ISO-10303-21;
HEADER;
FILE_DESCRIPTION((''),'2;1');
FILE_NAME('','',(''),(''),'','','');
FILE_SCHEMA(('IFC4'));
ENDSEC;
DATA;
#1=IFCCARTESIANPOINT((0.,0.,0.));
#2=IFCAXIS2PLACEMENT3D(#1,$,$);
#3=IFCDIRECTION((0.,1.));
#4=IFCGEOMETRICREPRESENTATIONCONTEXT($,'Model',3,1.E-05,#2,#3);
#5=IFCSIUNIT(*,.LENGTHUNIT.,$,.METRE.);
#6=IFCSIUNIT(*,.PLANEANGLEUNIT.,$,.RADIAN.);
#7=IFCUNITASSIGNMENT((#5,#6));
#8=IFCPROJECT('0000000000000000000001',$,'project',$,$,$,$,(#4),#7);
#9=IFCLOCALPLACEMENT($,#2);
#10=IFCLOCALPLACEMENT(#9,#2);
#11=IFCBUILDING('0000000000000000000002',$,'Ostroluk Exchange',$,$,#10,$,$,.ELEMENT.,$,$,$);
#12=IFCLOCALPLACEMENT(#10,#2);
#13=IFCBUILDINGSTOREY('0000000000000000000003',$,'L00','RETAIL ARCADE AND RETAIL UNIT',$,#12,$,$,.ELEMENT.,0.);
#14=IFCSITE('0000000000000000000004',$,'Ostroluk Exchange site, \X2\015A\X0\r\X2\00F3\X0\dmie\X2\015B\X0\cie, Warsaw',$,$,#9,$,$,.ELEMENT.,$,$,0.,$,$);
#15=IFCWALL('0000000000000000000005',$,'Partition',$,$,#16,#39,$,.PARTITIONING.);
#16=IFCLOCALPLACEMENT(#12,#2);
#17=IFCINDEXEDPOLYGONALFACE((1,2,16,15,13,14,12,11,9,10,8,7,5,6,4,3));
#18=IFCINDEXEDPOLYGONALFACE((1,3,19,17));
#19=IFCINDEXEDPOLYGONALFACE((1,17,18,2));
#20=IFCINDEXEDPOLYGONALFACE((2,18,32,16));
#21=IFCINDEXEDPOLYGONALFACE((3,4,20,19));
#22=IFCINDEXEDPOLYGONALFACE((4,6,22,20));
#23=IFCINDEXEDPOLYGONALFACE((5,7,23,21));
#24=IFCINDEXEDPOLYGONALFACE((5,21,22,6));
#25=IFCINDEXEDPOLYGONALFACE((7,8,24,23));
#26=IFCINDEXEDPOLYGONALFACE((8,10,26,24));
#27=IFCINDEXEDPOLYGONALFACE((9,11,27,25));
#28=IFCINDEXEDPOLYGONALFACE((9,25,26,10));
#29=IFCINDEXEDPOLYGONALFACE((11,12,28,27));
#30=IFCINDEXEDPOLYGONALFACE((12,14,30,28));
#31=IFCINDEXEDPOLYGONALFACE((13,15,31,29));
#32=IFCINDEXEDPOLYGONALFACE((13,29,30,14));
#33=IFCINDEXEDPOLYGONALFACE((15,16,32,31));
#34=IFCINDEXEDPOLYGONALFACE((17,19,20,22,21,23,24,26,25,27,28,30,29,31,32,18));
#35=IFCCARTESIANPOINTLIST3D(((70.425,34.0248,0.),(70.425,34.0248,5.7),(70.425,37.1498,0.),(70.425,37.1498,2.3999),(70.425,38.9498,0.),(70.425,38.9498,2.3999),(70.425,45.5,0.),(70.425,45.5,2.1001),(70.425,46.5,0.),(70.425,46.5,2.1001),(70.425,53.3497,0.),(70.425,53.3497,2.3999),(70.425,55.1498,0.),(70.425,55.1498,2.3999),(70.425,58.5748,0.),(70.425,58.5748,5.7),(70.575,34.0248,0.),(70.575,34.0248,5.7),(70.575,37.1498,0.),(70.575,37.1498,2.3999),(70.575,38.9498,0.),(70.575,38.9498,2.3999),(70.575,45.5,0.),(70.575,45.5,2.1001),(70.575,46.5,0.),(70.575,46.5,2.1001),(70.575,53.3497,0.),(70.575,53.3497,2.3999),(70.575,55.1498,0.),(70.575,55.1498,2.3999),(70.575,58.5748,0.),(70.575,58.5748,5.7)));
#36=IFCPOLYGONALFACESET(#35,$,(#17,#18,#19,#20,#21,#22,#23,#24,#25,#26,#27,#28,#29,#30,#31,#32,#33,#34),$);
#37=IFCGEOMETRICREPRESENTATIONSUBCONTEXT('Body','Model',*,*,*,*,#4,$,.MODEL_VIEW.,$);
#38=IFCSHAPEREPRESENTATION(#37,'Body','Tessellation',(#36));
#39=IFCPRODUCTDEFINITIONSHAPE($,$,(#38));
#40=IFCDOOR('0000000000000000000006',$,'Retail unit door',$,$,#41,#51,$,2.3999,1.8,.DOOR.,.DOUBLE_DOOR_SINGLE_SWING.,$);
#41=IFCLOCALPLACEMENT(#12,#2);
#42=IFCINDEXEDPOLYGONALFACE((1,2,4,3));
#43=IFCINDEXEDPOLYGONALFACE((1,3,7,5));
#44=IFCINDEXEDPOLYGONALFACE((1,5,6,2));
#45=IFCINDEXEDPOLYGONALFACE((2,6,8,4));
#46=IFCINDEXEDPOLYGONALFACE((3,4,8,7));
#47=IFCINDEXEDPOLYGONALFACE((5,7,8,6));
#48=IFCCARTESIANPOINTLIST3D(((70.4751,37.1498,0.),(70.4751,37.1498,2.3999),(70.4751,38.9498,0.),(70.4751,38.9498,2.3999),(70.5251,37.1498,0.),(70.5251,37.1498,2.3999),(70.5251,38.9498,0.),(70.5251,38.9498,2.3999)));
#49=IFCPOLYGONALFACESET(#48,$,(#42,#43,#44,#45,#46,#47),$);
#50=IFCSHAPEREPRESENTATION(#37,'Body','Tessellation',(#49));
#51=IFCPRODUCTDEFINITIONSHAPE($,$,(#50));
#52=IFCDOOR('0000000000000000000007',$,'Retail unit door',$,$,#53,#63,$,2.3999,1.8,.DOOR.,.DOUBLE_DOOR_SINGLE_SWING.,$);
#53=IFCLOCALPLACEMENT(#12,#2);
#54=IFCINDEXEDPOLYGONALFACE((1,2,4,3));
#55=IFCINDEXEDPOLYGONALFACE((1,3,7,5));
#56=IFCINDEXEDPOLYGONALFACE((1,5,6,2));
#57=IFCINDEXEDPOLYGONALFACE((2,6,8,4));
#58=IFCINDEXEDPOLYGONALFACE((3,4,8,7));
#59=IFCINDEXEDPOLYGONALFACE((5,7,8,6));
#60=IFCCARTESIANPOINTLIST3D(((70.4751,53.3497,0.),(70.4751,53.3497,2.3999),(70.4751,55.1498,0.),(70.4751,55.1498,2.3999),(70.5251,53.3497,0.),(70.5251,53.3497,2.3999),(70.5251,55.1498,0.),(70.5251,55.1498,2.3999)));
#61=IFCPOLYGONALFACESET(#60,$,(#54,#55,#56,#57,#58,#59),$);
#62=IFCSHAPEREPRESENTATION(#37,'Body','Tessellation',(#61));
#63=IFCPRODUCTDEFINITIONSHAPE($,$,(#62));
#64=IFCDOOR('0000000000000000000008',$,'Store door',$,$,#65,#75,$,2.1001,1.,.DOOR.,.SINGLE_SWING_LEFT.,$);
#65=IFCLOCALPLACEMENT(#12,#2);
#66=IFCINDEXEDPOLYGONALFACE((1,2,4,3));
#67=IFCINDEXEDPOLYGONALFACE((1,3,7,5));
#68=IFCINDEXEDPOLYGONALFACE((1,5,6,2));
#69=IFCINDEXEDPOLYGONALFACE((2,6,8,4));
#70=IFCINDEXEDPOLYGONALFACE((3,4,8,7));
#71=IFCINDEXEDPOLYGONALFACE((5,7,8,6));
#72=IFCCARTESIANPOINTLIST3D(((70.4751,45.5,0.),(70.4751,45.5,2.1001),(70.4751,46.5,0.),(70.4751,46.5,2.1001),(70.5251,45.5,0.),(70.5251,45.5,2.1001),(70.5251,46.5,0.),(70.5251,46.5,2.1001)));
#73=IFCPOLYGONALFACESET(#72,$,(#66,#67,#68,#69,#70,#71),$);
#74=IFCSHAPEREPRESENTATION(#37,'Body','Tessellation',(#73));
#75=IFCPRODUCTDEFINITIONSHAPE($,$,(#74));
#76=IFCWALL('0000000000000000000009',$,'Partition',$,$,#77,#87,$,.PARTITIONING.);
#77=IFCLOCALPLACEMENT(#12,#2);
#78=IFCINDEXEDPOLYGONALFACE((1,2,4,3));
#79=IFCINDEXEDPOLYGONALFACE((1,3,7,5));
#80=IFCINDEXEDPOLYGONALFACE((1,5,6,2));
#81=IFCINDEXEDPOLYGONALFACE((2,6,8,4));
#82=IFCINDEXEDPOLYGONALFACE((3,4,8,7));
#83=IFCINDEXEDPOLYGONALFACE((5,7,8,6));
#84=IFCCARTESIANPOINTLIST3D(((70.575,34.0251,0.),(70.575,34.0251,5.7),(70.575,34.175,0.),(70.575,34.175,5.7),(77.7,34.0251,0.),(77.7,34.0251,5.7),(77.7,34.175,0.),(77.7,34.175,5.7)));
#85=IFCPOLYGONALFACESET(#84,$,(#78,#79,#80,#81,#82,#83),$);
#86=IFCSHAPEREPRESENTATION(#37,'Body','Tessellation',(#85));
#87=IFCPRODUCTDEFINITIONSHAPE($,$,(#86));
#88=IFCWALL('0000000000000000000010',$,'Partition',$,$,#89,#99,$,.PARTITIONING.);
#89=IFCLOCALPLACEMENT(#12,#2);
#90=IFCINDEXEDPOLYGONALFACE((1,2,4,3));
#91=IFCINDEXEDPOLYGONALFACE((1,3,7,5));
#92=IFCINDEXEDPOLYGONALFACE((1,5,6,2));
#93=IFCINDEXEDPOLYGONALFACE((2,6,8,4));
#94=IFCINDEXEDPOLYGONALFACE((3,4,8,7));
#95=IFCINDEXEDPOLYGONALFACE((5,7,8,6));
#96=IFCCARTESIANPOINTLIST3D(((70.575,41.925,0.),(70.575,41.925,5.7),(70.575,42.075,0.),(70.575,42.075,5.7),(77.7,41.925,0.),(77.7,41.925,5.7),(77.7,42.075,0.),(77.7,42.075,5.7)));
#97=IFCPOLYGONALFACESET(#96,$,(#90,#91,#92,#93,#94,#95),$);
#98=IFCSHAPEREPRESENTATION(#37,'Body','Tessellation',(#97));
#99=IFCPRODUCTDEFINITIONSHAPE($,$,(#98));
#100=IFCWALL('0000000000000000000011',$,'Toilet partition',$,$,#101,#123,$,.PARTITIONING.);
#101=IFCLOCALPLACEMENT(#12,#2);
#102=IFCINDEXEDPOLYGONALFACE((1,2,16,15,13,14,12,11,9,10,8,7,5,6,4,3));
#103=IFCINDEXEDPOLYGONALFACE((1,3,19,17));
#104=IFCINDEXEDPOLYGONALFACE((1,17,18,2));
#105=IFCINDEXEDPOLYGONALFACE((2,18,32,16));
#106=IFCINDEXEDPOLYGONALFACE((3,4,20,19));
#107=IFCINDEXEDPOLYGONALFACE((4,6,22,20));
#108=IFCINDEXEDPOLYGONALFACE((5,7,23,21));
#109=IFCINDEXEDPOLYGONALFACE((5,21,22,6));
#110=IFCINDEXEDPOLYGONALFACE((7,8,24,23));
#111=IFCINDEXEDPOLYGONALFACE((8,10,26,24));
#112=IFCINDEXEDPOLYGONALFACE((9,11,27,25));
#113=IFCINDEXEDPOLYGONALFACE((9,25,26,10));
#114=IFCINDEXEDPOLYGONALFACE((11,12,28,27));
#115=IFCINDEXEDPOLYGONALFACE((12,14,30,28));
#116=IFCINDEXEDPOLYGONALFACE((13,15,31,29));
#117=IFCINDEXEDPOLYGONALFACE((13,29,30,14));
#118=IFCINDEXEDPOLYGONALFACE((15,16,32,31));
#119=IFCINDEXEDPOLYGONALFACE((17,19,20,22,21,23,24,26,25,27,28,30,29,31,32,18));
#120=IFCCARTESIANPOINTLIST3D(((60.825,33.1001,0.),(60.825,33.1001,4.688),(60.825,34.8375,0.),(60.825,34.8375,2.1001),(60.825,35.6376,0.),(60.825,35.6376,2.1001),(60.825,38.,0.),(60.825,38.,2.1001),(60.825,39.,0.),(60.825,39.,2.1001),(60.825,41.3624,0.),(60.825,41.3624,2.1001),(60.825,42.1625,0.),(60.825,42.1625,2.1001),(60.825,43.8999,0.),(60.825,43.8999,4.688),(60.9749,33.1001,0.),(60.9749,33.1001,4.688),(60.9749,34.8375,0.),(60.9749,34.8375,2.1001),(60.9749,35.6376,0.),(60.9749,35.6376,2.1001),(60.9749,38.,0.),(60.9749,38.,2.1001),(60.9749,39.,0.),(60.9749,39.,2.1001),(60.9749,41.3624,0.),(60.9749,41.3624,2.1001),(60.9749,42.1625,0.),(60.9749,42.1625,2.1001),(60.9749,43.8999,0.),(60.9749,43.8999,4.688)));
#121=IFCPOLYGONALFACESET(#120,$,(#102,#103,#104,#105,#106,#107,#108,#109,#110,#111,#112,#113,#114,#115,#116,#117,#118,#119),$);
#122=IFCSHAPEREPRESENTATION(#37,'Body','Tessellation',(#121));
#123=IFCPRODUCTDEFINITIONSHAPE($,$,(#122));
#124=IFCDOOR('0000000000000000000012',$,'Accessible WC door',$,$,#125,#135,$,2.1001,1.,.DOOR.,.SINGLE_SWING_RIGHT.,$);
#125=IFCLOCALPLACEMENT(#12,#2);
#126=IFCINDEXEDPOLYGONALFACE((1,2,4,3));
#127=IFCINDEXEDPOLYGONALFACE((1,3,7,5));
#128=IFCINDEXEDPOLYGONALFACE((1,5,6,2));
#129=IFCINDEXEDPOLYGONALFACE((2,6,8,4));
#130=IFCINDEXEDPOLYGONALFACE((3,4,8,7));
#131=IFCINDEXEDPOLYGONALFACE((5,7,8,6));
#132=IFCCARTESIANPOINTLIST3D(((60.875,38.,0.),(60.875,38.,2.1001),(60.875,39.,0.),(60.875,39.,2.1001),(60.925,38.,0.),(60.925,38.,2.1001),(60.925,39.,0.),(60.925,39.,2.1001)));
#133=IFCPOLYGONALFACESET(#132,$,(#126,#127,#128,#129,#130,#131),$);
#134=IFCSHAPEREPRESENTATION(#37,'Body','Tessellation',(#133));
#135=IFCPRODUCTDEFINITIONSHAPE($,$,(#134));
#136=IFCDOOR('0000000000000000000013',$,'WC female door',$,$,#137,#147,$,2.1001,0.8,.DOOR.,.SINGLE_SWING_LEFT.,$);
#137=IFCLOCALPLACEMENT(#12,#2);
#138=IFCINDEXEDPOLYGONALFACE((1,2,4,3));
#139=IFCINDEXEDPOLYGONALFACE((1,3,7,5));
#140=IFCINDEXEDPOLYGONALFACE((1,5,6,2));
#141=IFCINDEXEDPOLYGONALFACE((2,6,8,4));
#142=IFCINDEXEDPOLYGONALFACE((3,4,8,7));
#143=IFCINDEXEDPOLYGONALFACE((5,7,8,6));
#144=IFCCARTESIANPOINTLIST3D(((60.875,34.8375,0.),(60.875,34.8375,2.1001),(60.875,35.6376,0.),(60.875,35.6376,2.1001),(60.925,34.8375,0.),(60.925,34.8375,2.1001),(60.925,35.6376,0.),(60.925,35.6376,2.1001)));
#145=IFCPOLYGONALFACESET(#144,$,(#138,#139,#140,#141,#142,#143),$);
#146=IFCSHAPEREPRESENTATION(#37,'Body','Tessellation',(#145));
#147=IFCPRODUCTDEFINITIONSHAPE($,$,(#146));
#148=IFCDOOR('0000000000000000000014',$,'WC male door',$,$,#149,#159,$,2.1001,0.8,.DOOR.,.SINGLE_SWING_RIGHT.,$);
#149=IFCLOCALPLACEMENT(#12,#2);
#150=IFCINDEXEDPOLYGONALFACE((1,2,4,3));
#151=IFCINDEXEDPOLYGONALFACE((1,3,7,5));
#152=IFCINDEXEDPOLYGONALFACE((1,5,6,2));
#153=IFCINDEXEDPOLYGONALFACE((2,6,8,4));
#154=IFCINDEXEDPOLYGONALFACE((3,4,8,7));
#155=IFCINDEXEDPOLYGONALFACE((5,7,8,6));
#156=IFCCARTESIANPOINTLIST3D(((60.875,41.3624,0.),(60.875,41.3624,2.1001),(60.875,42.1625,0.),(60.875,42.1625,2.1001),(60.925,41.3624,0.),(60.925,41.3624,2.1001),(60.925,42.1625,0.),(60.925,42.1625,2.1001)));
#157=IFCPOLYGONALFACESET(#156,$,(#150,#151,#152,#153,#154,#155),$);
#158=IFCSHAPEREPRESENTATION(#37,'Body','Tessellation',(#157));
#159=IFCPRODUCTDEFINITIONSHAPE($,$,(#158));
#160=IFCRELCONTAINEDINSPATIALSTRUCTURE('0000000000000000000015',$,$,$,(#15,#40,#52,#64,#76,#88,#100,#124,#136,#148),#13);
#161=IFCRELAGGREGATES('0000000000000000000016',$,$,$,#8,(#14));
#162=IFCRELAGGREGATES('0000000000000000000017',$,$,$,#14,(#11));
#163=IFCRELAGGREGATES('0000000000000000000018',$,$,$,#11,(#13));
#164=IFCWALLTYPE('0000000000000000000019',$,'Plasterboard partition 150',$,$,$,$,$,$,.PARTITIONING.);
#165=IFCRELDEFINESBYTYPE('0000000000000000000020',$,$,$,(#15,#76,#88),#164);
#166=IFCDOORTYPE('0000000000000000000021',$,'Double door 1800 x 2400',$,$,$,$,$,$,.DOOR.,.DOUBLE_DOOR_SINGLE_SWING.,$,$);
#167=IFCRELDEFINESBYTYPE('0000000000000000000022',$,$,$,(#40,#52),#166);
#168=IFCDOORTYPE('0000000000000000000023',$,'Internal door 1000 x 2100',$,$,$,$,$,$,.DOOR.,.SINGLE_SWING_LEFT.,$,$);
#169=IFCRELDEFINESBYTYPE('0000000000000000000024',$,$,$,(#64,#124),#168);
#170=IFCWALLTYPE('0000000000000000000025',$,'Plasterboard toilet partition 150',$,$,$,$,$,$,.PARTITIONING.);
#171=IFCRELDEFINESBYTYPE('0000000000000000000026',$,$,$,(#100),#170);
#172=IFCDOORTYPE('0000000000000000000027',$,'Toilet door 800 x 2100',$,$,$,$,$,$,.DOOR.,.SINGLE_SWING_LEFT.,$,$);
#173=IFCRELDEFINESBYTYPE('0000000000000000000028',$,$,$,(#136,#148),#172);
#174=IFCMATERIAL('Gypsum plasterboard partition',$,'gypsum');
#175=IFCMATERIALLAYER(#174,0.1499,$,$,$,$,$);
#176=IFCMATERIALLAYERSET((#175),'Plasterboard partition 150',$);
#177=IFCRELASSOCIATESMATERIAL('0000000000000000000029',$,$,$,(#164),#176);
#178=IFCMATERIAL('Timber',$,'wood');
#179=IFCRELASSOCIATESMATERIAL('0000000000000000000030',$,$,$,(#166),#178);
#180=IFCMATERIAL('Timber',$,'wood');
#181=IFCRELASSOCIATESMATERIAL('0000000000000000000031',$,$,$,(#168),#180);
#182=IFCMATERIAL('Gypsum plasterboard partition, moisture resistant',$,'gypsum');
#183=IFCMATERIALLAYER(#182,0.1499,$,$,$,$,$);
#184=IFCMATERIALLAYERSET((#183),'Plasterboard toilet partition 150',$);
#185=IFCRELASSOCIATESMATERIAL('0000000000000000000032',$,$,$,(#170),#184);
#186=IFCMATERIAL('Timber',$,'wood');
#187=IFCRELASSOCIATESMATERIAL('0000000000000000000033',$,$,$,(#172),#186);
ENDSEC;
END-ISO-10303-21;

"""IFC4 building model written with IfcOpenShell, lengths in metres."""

from ifc_helpers import new_model, si_unit, direction, frame, frame_2d, origin, place, context, subcontext, project, spatial, rectangle, extrude, material, layer, layer_set, type_object, element, fill, save


model = new_model("IFC4")

# Units and contexts
model_context = context("Model", 3, precision=1e-05, world=origin(), true_north=direction((0.0, 1.0)))
body_context = subcontext(model_context, "Body", "Model", "MODEL_VIEW")
ifc_project = project(units=[si_unit("LENGTHUNIT", "METRE"), si_unit("PLANEANGLEUNIT", "RADIAN")], contexts=[model_context])

# Site, building, storey
site_placement = place(None, origin())
site = spatial("IfcSite", under=ifc_project, at=site_placement, Name="Ostroluk Exchange site, Śródmieście, Warsaw", CompositionType="ELEMENT", RefElevation=0.0)
building_placement = place(site_placement, origin())
building = spatial("IfcBuilding", under=site, at=building_placement, Name="Ostroluk Exchange", CompositionType="ELEMENT")
storey_placement = place(building_placement, origin())
storey = spatial("IfcBuildingStorey", under=building, at=storey_placement, Name="L00", Description="RETAIL ARCADE AND RETAIL UNIT", CompositionType="ELEMENT", Elevation=0.0)

# Wall, openings, doors
ifc_material_1 = material(Name="Gypsum plasterboard partition", Category="gypsum")
ifc_layer_1 = layer(ifc_material_1, 0.1499)
ifc_layer_set_1 = layer_set([ifc_layer_1], Name="Plasterboard partition 150")
wall_type_1 = type_object("IfcWallType", Name="Plasterboard partition 150", PredefinedType="PARTITIONING", material=ifc_layer_set_1)
wall_1_placement = place(storey_placement, frame((70.5, 34.0249, 0.0), z_axis=(0.0, 0.0, 1.0), x_axis=(0.0, 1.0, 0.0)))
wall_1 = element("IfcWall", 1, at=wall_1_placement, inside=storey, type_object=wall_type_1, Name="Partition", PredefinedType="PARTITIONING", context=body_context, shape_type="SweptSolid", body=[
    extrude(rectangle(XDim=24.55, YDim=0.1499, at=frame_2d((12.2749, 0.0))), origin(), (0.0, 0.0, 1.0), 5.7),
])
opening_1_placement = place(wall_1_placement, frame((3.125, 0.0, 0.0)))
opening_1 = element("IfcOpeningElement", 2, at=opening_1_placement, cuts=wall_1, PredefinedType="OPENING", context=body_context, shape_type="SweptSolid", body=[
    extrude(rectangle(XDim=1.8, YDim=2.3999, at=frame_2d((0.8999, 1.2))), frame((0.0, 0.085, 0.0), z_axis=(0.0, -1.0, 0.0), x_axis=(1.0, 0.0, 0.0)), (0.0, 0.0, 1.0), 0.1699),
])
opening_2_placement = place(wall_1_placement, frame((11.4751, 0.0, 0.0)))
opening_2 = element("IfcOpeningElement", 3, at=opening_2_placement, cuts=wall_1, PredefinedType="OPENING", context=body_context, shape_type="SweptSolid", body=[
    extrude(rectangle(XDim=1.0, YDim=2.1001, at=frame_2d((0.5, 1.05))), frame((0.0, 0.085, 0.0), z_axis=(0.0, -1.0, 0.0), x_axis=(1.0, 0.0, 0.0)), (0.0, 0.0, 1.0), 0.1699),
])
opening_3_placement = place(wall_1_placement, frame((19.325, 0.0, 0.0)))
opening_3 = element("IfcOpeningElement", 4, at=opening_3_placement, cuts=wall_1, PredefinedType="OPENING", context=body_context, shape_type="SweptSolid", body=[
    extrude(rectangle(XDim=1.8, YDim=2.3999, at=frame_2d((0.8999, 1.2))), frame((0.0, 0.085, 0.0), z_axis=(0.0, -1.0, 0.0), x_axis=(1.0, 0.0, 0.0)), (0.0, 0.0, 1.0), 0.1699),
])
ifc_material_2 = material(Name="Timber", Category="wood")
door_type_1 = type_object("IfcDoorType", Name="Double door 1800 x 2400", OperationType="DOUBLE_DOOR_SINGLE_SWING", PredefinedType="DOOR", material=ifc_material_2)
door_1_placement = place(opening_1_placement, origin())
door_1 = element("IfcDoor", 5, at=door_1_placement, inside=storey, type_object=door_type_1, Name="Retail unit door", OperationType="DOUBLE_DOOR_SINGLE_SWING", OverallHeight=2.3999, OverallWidth=1.8, PredefinedType="DOOR", context=body_context, shape_type="SweptSolid", body=[
    extrude(rectangle(XDim=1.8, YDim=2.3999, at=frame_2d((0.8999, 1.2))), frame((0.0, 0.0249, 0.0), z_axis=(0.0, -1.0, 0.0), x_axis=(1.0, 0.0, 0.0)), (0.0, 0.0, 1.0), 0.05),
])
fill(opening_1, door_1)
door_2_placement = place(opening_3_placement, origin())
door_2 = element("IfcDoor", 6, at=door_2_placement, inside=storey, type_object=door_type_1, Name="Retail unit door", OperationType="DOUBLE_DOOR_SINGLE_SWING", OverallHeight=2.3999, OverallWidth=1.8, PredefinedType="DOOR", context=body_context, shape_type="SweptSolid", body=[
    extrude(rectangle(XDim=1.8, YDim=2.3999, at=frame_2d((0.8999, 1.2))), frame((0.0, 0.0249, 0.0), z_axis=(0.0, -1.0, 0.0), x_axis=(1.0, 0.0, 0.0)), (0.0, 0.0, 1.0), 0.05),
])
fill(opening_3, door_2)
ifc_material_3 = material(Name="Timber", Category="wood")
door_type_2 = type_object("IfcDoorType", Name="Internal door 1000 x 2100", OperationType="SINGLE_SWING_LEFT", PredefinedType="DOOR", material=ifc_material_3)
door_3_placement = place(opening_2_placement, origin())
door_3 = element("IfcDoor", 7, at=door_3_placement, inside=storey, type_object=door_type_2, Name="Store door", OperationType="SINGLE_SWING_LEFT", OverallHeight=2.1001, OverallWidth=1.0, PredefinedType="DOOR", context=body_context, shape_type="SweptSolid", body=[
    extrude(rectangle(XDim=1.0, YDim=2.1001, at=frame_2d((0.5, 1.05))), frame((0.0, 0.0249, 0.0), z_axis=(0.0, -1.0, 0.0), x_axis=(1.0, 0.0, 0.0)), (0.0, 0.0, 1.0), 0.05),
])
fill(opening_2, door_3)

# Walls
for number, where, z_axis, x_axis, name in (
    (8, (70.575, 34.1001, 0.0), (0.0, 0.0, 1.0), (1.0, 0.0, 0.0), "Partition"),
    (9, (70.575, 42.0, 0.0), (0.0, 0.0, 1.0), (1.0, 0.0, 0.0), "Partition"),
):
    element("IfcWall", number, at=place(storey_placement, frame(where, z_axis=z_axis, x_axis=x_axis)), inside=storey, type_object=wall_type_1, Name=name, PredefinedType="PARTITIONING", context=body_context, shape_type="SweptSolid", body=[
        extrude(rectangle(XDim=7.125, YDim=0.1499, at=frame_2d((3.5625, 0.0))), origin(), (0.0, 0.0, 1.0), 5.7),
    ])

# Wall, openings, doors
ifc_material_4 = material(Name="Gypsum plasterboard partition, moisture resistant", Category="gypsum")
ifc_layer_2 = layer(ifc_material_4, 0.1499)
ifc_layer_set_2 = layer_set([ifc_layer_2], Name="Plasterboard toilet partition 150")
wall_type_2 = type_object("IfcWallType", Name="Plasterboard toilet partition 150", PredefinedType="PARTITIONING", material=ifc_layer_set_2)
wall_2_placement = place(storey_placement, frame((60.8999, 33.1001, 0.0), z_axis=(0.0, 0.0, 1.0), x_axis=(0.0, 1.0, 0.0)))
wall_2 = element("IfcWall", 10, at=wall_2_placement, inside=storey, type_object=wall_type_2, Name="Toilet partition", PredefinedType="PARTITIONING", context=body_context, shape_type="SweptSolid", body=[
    extrude(rectangle(XDim=10.7998, YDim=0.1499, at=frame_2d((5.3999, 0.0))), origin(), (0.0, 0.0, 1.0), 4.688),
])
opening_4_placement = place(wall_2_placement, frame((1.7375, 0.0, 0.0)))
opening_4 = element("IfcOpeningElement", 11, at=opening_4_placement, cuts=wall_2, PredefinedType="OPENING", context=body_context, shape_type="SweptSolid", body=[
    extrude(rectangle(XDim=0.8, YDim=2.1001, at=frame_2d((0.3999, 1.05))), frame((0.0, 0.085, 0.0), z_axis=(0.0, -1.0, 0.0), x_axis=(1.0, 0.0, 0.0)), (0.0, 0.0, 1.0), 0.1699),
])
opening_5_placement = place(wall_2_placement, frame((4.8999, 0.0, 0.0)))
opening_5 = element("IfcOpeningElement", 12, at=opening_5_placement, cuts=wall_2, PredefinedType="OPENING", context=body_context, shape_type="SweptSolid", body=[
    extrude(rectangle(XDim=1.0, YDim=2.1001, at=frame_2d((0.5, 1.05))), frame((0.0, 0.085, 0.0), z_axis=(0.0, -1.0, 0.0), x_axis=(1.0, 0.0, 0.0)), (0.0, 0.0, 1.0), 0.1699),
])
opening_6_placement = place(wall_2_placement, frame((8.2625, 0.0, 0.0)))
opening_6 = element("IfcOpeningElement", 13, at=opening_6_placement, cuts=wall_2, PredefinedType="OPENING", context=body_context, shape_type="SweptSolid", body=[
    extrude(rectangle(XDim=0.8, YDim=2.1001, at=frame_2d((0.3999, 1.05))), frame((0.0, 0.085, 0.0), z_axis=(0.0, -1.0, 0.0), x_axis=(1.0, 0.0, 0.0)), (0.0, 0.0, 1.0), 0.1699),
])
door_4_placement = place(opening_5_placement, origin())
door_4 = element("IfcDoor", 14, at=door_4_placement, inside=storey, type_object=door_type_2, Name="Accessible WC door", OperationType="SINGLE_SWING_RIGHT", OverallHeight=2.1001, OverallWidth=1.0, PredefinedType="DOOR", context=body_context, shape_type="SweptSolid", body=[
    extrude(rectangle(XDim=1.0, YDim=2.1001, at=frame_2d((0.5, 1.05))), frame((0.0, 0.0249, 0.0), z_axis=(0.0, -1.0, 0.0), x_axis=(1.0, 0.0, 0.0)), (0.0, 0.0, 1.0), 0.05),
])
fill(opening_5, door_4)
ifc_material_5 = material(Name="Timber", Category="wood")
door_type_3 = type_object("IfcDoorType", Name="Toilet door 800 x 2100", OperationType="SINGLE_SWING_LEFT", PredefinedType="DOOR", material=ifc_material_5)
door_5_placement = place(opening_4_placement, origin())
door_5 = element("IfcDoor", 15, at=door_5_placement, inside=storey, type_object=door_type_3, Name="WC female door", OperationType="SINGLE_SWING_LEFT", OverallHeight=2.1001, OverallWidth=0.8, PredefinedType="DOOR", context=body_context, shape_type="SweptSolid", body=[
    extrude(rectangle(XDim=0.8, YDim=2.1001, at=frame_2d((0.3999, 1.05))), frame((0.0, 0.0249, 0.0), z_axis=(0.0, -1.0, 0.0), x_axis=(1.0, 0.0, 0.0)), (0.0, 0.0, 1.0), 0.05),
])
fill(opening_4, door_5)
door_6_placement = place(opening_6_placement, origin())
door_6 = element("IfcDoor", 16, at=door_6_placement, inside=storey, type_object=door_type_3, Name="WC male door", OperationType="SINGLE_SWING_RIGHT", OverallHeight=2.1001, OverallWidth=0.8, PredefinedType="DOOR", context=body_context, shape_type="SweptSolid", body=[
    extrude(rectangle(XDim=0.8, YDim=2.1001, at=frame_2d((0.3999, 1.05))), frame((0.0, 0.0249, 0.0), z_axis=(0.0, -1.0, 0.0), x_axis=(1.0, 0.0, 0.0)), (0.0, 0.0, 1.0), 0.05),
])
fill(opening_6, door_6)

save(model, "model.ifc")
